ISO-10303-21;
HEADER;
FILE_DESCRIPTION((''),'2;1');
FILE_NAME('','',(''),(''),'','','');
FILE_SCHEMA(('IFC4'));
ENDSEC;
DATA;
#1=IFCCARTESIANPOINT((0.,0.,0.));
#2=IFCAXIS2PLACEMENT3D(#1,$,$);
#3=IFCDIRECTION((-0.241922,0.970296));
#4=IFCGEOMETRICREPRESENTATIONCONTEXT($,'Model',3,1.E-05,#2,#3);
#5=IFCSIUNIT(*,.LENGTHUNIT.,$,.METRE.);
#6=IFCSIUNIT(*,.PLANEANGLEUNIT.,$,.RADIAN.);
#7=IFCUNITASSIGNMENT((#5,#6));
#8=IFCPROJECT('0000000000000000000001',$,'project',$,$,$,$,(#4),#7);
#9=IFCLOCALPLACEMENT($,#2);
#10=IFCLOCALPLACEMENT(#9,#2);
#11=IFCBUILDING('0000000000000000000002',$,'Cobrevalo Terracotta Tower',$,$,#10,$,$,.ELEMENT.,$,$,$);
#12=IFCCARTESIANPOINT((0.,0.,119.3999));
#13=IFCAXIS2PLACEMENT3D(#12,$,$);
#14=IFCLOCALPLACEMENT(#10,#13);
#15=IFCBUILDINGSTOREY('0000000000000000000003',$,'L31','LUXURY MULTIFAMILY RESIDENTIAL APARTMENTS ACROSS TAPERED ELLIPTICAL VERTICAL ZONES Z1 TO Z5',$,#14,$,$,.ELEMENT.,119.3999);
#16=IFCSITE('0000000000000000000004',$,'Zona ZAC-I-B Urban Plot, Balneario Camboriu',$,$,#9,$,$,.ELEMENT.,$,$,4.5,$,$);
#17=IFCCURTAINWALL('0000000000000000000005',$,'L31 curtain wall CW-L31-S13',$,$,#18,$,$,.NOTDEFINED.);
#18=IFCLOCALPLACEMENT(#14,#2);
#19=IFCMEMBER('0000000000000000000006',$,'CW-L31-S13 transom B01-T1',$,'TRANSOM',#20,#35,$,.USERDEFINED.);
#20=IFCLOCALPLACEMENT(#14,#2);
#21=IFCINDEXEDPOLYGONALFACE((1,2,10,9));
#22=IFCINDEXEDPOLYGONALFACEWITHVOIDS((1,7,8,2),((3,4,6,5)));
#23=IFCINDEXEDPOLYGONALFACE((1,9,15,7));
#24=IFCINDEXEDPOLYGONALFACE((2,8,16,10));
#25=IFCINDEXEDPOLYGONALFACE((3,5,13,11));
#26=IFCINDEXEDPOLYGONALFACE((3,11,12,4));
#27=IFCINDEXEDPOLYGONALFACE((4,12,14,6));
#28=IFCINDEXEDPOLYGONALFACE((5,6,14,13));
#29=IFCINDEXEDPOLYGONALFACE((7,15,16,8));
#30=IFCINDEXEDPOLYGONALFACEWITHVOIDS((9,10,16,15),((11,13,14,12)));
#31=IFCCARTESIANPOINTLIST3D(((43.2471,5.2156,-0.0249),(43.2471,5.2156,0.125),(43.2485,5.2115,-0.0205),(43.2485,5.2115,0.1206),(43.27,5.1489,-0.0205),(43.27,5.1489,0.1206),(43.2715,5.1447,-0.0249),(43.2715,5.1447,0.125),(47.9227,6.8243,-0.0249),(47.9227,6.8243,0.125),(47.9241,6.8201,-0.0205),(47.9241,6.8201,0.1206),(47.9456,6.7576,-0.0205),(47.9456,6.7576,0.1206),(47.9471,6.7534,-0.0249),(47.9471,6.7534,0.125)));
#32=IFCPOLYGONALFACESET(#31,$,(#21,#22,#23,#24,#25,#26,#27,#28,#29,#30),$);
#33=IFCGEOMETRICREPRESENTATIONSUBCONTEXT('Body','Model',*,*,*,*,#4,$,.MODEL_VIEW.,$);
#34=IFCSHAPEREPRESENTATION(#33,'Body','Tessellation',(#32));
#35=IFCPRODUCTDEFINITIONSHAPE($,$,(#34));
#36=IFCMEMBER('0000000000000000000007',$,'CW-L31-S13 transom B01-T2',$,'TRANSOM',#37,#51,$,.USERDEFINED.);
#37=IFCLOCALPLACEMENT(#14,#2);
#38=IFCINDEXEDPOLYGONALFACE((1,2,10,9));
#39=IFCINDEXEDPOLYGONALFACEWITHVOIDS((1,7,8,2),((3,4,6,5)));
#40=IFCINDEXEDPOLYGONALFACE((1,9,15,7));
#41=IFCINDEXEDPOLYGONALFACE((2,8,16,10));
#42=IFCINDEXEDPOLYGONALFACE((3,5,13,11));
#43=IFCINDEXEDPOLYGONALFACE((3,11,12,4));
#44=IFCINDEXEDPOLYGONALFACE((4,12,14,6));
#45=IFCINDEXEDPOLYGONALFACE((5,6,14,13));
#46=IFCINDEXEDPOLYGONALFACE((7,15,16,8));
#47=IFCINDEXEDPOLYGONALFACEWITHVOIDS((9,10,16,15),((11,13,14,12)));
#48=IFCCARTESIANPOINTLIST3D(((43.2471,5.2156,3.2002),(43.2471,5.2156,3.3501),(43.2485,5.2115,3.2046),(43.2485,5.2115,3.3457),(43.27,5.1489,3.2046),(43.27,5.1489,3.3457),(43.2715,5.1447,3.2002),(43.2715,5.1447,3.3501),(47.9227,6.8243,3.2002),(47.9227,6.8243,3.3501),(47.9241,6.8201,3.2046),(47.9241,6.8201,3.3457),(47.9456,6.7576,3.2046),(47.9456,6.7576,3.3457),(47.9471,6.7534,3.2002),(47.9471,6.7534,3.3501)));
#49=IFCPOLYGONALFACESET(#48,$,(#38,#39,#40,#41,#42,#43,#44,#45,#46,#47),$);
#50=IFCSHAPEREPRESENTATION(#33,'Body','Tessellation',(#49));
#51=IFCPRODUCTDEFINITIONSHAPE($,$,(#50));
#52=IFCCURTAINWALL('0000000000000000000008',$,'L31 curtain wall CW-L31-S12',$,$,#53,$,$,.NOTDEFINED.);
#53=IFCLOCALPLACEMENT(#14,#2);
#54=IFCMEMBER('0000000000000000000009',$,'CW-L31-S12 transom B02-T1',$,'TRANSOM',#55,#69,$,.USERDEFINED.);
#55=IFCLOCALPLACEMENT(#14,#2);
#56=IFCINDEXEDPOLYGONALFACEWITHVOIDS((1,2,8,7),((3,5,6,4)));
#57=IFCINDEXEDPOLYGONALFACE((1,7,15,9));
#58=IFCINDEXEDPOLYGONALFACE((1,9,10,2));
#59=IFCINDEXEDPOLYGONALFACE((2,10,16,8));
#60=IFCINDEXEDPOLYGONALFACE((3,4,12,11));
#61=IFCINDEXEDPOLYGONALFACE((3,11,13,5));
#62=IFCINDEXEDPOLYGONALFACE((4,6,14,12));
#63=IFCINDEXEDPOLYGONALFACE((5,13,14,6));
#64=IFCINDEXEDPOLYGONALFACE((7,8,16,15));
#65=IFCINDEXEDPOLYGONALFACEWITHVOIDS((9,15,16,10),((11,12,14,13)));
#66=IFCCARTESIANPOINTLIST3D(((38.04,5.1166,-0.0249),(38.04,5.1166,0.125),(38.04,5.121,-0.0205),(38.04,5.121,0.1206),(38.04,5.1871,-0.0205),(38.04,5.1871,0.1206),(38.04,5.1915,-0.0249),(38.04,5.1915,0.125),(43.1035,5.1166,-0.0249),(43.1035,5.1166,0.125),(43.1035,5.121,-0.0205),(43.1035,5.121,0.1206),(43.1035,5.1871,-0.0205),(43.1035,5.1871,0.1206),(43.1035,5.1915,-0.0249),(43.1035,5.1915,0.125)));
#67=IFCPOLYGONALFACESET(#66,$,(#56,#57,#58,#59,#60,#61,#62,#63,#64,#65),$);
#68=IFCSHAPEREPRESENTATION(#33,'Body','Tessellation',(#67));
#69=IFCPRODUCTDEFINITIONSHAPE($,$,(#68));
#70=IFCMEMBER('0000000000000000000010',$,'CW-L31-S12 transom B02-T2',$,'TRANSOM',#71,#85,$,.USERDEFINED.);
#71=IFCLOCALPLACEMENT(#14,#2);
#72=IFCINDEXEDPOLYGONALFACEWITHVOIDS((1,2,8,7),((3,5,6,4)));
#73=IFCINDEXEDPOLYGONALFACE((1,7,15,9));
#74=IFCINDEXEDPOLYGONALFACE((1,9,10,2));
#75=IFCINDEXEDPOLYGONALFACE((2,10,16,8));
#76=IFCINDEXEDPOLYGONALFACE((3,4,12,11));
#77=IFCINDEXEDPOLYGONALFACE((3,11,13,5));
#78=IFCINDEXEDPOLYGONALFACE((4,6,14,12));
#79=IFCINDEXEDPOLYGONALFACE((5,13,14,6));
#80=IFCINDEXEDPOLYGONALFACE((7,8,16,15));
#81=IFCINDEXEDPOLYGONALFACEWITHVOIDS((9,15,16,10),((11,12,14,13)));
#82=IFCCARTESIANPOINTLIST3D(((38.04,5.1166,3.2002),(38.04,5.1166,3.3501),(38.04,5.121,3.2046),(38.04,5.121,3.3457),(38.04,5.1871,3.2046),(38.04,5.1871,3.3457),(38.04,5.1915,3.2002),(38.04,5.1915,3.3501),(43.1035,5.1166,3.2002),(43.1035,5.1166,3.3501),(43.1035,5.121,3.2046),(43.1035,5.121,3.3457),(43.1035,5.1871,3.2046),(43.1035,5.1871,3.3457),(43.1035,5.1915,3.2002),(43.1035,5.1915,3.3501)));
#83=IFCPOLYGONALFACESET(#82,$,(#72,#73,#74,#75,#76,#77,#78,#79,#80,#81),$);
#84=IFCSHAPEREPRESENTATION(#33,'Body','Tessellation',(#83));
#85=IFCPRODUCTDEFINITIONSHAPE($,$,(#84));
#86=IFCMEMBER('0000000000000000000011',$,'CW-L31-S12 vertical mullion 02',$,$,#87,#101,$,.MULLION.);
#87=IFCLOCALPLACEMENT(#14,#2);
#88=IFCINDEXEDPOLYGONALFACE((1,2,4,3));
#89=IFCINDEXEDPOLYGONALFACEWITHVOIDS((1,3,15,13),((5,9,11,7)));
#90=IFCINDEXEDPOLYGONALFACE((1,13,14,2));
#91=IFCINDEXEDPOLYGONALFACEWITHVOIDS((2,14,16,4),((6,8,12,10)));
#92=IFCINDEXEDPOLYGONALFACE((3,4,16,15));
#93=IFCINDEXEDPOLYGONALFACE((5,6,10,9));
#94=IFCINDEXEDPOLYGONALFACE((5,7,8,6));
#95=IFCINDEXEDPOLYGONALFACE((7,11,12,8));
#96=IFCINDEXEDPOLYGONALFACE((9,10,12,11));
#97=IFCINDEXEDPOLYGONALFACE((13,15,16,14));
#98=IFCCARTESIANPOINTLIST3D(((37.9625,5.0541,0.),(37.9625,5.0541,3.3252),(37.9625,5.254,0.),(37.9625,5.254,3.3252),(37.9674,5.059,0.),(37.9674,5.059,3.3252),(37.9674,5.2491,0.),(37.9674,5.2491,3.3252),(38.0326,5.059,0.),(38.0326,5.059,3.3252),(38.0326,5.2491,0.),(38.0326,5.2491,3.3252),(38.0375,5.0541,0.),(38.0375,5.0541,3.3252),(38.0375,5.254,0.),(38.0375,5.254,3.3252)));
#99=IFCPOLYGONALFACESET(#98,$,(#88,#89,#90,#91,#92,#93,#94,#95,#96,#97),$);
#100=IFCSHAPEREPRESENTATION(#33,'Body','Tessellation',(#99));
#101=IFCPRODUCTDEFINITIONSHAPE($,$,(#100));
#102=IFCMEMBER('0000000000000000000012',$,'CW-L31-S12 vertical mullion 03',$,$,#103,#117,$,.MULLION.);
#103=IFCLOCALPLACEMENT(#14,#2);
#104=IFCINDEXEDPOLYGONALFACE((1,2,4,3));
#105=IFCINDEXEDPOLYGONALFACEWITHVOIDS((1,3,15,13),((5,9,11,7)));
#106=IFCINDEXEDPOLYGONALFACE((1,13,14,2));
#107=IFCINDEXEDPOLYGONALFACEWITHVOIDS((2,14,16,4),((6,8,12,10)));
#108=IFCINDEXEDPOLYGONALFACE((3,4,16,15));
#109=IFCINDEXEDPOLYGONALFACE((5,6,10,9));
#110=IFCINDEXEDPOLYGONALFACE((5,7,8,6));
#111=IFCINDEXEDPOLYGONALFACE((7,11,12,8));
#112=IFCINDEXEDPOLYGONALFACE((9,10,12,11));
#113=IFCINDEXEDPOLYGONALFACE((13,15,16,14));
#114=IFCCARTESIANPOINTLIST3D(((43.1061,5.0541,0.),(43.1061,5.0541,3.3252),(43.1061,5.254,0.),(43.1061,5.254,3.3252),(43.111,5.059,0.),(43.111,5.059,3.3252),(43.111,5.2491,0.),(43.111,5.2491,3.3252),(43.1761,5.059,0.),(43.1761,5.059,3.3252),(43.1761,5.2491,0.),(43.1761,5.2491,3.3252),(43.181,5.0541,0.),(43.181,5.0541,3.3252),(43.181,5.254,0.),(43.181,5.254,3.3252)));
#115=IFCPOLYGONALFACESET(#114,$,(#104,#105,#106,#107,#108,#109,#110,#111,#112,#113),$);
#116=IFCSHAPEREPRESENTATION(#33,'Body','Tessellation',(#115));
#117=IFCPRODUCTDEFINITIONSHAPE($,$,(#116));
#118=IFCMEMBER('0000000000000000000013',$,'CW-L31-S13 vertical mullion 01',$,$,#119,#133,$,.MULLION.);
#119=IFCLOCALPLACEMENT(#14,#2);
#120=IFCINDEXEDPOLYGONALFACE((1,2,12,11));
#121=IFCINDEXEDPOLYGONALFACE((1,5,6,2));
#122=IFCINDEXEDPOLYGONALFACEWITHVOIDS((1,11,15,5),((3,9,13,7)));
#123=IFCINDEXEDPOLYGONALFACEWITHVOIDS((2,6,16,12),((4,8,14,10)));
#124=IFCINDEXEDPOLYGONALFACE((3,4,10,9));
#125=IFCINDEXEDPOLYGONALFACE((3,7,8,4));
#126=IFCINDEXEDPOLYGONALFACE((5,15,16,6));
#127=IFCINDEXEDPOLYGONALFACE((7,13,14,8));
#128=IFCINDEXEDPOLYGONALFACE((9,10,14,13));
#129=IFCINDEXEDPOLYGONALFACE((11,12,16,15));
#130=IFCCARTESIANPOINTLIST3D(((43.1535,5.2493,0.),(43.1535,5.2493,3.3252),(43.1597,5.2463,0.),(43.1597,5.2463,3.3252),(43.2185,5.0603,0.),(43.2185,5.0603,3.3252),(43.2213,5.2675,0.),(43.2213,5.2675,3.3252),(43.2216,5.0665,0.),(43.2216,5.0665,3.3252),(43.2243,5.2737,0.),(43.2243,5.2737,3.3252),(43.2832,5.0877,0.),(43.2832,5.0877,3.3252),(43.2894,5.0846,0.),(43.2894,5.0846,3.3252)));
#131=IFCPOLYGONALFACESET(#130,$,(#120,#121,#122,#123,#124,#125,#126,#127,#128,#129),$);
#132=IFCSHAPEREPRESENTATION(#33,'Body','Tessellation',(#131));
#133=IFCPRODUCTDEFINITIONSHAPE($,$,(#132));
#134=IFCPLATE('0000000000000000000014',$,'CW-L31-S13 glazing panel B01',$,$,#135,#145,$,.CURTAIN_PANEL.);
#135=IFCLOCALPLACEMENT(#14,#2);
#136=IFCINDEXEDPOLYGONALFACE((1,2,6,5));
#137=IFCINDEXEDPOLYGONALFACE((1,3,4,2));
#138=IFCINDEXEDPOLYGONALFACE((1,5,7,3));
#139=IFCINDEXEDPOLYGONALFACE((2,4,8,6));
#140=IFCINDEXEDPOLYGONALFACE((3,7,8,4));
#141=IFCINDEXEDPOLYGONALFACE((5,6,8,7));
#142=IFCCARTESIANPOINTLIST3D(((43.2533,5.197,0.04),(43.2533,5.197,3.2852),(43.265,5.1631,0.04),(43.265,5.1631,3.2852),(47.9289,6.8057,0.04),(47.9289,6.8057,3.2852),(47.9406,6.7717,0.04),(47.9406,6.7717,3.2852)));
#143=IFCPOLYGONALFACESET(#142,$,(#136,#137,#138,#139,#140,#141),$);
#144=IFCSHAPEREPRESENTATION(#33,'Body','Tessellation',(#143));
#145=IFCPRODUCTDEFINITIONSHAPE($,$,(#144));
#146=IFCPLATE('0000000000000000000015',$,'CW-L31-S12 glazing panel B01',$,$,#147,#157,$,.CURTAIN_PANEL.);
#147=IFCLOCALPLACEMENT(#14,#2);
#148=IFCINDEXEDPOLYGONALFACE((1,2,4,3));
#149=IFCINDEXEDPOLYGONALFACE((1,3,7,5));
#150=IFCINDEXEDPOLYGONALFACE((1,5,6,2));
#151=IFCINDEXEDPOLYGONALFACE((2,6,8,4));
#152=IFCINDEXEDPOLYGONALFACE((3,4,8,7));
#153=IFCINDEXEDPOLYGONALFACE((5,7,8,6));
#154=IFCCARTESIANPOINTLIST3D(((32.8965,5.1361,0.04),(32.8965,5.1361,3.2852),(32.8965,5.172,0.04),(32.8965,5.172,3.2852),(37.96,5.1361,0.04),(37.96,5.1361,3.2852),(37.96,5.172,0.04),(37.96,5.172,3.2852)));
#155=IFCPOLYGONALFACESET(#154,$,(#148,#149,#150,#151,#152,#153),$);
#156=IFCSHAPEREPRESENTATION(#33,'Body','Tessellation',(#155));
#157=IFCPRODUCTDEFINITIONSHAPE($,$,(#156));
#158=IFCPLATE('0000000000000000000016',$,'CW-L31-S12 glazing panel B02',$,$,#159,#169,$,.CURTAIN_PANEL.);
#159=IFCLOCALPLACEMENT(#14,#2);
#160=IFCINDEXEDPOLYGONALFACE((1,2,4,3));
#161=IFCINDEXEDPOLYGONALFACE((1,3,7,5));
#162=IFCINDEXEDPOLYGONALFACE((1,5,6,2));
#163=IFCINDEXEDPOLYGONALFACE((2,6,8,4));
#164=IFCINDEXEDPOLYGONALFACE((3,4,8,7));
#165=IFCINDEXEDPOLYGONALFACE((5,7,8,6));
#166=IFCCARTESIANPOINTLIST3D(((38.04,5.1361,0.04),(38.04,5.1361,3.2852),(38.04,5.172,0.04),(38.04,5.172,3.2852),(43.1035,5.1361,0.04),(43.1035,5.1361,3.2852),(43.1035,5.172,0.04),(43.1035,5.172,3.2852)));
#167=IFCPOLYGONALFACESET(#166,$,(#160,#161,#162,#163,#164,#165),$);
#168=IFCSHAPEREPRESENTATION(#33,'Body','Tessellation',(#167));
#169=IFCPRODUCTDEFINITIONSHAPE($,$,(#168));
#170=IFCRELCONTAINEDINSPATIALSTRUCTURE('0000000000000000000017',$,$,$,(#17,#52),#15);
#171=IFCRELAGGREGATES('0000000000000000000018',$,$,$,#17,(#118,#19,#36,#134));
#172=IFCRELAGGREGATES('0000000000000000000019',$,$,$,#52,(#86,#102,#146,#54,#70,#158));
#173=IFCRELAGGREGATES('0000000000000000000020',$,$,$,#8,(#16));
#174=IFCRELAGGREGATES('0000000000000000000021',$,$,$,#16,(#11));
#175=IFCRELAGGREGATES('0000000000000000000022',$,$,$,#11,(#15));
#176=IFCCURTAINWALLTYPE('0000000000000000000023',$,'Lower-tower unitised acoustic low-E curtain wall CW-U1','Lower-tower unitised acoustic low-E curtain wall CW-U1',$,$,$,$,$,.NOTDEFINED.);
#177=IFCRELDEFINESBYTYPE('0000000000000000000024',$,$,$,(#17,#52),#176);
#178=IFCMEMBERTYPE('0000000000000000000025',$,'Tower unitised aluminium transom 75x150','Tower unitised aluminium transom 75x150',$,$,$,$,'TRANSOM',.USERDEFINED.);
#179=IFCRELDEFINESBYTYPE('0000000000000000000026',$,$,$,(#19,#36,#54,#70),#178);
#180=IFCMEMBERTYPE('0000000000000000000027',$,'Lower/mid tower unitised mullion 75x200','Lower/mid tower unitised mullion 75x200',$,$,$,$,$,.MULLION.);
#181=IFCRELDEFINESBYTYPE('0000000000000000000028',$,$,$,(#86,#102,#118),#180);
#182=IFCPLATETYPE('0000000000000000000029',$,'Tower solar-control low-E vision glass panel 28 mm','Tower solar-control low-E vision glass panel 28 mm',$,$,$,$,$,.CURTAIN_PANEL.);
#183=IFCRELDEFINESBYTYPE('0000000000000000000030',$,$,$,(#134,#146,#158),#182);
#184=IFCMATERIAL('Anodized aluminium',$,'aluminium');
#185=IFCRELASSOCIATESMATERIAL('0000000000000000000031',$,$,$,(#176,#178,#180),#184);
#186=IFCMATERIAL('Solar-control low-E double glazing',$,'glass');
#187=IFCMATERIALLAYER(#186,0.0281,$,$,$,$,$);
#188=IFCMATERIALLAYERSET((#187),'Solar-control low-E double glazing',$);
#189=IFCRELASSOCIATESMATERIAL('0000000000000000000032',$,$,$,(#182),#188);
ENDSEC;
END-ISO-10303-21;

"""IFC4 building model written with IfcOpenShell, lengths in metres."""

from ifc_helpers import new_model, si_unit, direction, frame, origin, origin_2d, place, context, subcontext, project, spatial, rectangle, hollow_rectangle, extrude, source, transform, mapped, material, layer, layer_set, material_profile, profile_set, type_object, element, aggregate, save


model = new_model("IFC4")

# Units and contexts
model_context = context("Model", 3, precision=1e-05, world=origin(), true_north=direction((-0.241922, 0.970296)))
body_context = subcontext(model_context, "Body", "Model", "MODEL_VIEW")
ifc_project = project(units=[si_unit("LENGTHUNIT", "METRE"), si_unit("PLANEANGLEUNIT", "RADIAN")], contexts=[model_context])

# Site, building, storey
site_placement = place(None, origin())
site = spatial("IfcSite", under=ifc_project, at=site_placement, Name="Zona ZAC-I-B Urban Plot, Balneario Camboriu", CompositionType="ELEMENT", RefElevation=4.5)
building_placement = place(site_placement, origin())
building = spatial("IfcBuilding", under=site, at=building_placement, Name="Cobrevalo Terracotta Tower", CompositionType="ELEMENT")
storey_placement = place(building_placement, frame((0.0, 0.0, 119.3999)))
storey = spatial("IfcBuildingStorey", under=building, at=storey_placement, Name="L31", Description="LUXURY MULTIFAMILY RESIDENTIAL APARTMENTS ACROSS TAPERED ELLIPTICAL VERTICAL ZONES Z1 TO Z5", CompositionType="ELEMENT", Elevation=119.3999)

# Curtain walls, members
ifc_material_1 = material(Name="Anodized aluminium", Category="aluminium")
curtain_wall_type = type_object("IfcCurtainWallType", Name="Lower-tower unitised acoustic low-E curtain wall CW-U1", Description="Lower-tower unitised acoustic low-E curtain wall CW-U1", PredefinedType="NOTDEFINED", material=ifc_material_1)
curtain_wall_1_placement = place(storey_placement, origin())
curtain_wall_1 = element("IfcCurtainWall", 1, at=curtain_wall_1_placement, inside=storey, type_object=curtain_wall_type, Name="L31 curtain wall CW-L31-S13", PredefinedType="NOTDEFINED")
ifc_material_profile_1 = material_profile(ifc_material_1, hollow_rectangle(XDim=0.075, YDim=0.1499, WallThickness=0.0044, at=origin_2d()), Name="CWT 75x150")
ifc_profile_set_1 = profile_set([ifc_material_profile_1], Name="Anodized aluminium")
member_type_1 = type_object("IfcMemberType", Name="Tower unitised aluminium transom 75x150", Description="Tower unitised aluminium transom 75x150", ElementType="TRANSOM", PredefinedType="USERDEFINED", material=ifc_profile_set_1)
shared_shape_1 = source(origin(), body_context, "Body", "SweptSolid", [
    extrude(hollow_rectangle(XDim=0.075, YDim=0.1499, WallThickness=0.0044, at=origin_2d()), origin(), (0.0, 0.0, 1.0), 4.9446),
])
member_1_placement = place(storey_placement, frame((43.2593, 5.1802, 0.05), z_axis=(0.945598, 0.325338, 0.0), x_axis=(-0.325338, 0.945598, 0.0)))
member_1 = element("IfcMember", 2, at=member_1_placement, type_object=member_type_1, Name="CW-L31-S13 transom B01-T1", ObjectType="TRANSOM", PredefinedType="USERDEFINED", context=body_context, shape_type="MappedRepresentation", body=[
    mapped(shared_shape_1, transform((0.0, 0.0, 0.0), scale=1.0)),
])
member_2_placement = place(storey_placement, frame((43.2593, 5.1802, 3.2751), z_axis=(0.945598, 0.325338, 0.0), x_axis=(-0.325338, 0.945598, 0.0)))
member_2 = element("IfcMember", 3, at=member_2_placement, type_object=member_type_1, Name="CW-L31-S13 transom B01-T2", ObjectType="TRANSOM", PredefinedType="USERDEFINED", context=body_context, shape_type="MappedRepresentation", body=[
    mapped(shared_shape_1, transform((0.0, 0.0, 0.0), scale=1.0)),
])
curtain_wall_2_placement = place(storey_placement, origin())
curtain_wall_2 = element("IfcCurtainWall", 4, at=curtain_wall_2_placement, inside=storey, type_object=curtain_wall_type, Name="L31 curtain wall CW-L31-S12", PredefinedType="NOTDEFINED")
shared_shape_2 = source(origin(), body_context, "Body", "SweptSolid", [
    extrude(hollow_rectangle(XDim=0.075, YDim=0.1499, WallThickness=0.0044, at=origin_2d()), origin(), (0.0, 0.0, 1.0), 5.0635),
])
member_3_placement = place(storey_placement, frame((38.04, 5.1541, 0.05), z_axis=(1.0, 0.0, 0.0), x_axis=(0.0, 1.0, 0.0)))
member_3 = element("IfcMember", 5, at=member_3_placement, type_object=member_type_1, Name="CW-L31-S12 transom B02-T1", ObjectType="TRANSOM", PredefinedType="USERDEFINED", context=body_context, shape_type="MappedRepresentation", body=[
    mapped(shared_shape_2, transform((0.0, 0.0, 0.0), scale=1.0)),
])
member_4_placement = place(storey_placement, frame((38.04, 5.1541, 3.2751), z_axis=(1.0, 0.0, 0.0), x_axis=(0.0, 1.0, 0.0)))
member_4 = element("IfcMember", 6, at=member_4_placement, type_object=member_type_1, Name="CW-L31-S12 transom B02-T2", ObjectType="TRANSOM", PredefinedType="USERDEFINED", context=body_context, shape_type="MappedRepresentation", body=[
    mapped(shared_shape_2, transform((0.0, 0.0, 0.0), scale=1.0)),
])
ifc_material_profile_2 = material_profile(ifc_material_1, hollow_rectangle(XDim=0.075, YDim=0.2, WallThickness=0.0049, at=origin_2d()), Name="CWM 75x200")
ifc_profile_set_2 = profile_set([ifc_material_profile_2], Name="Anodized aluminium")
member_type_2 = type_object("IfcMemberType", Name="Lower/mid tower unitised mullion 75x200", Description="Lower/mid tower unitised mullion 75x200", PredefinedType="MULLION", material=ifc_profile_set_2)
shared_shape_3 = source(origin(), body_context, "Body", "SweptSolid", [
    extrude(hollow_rectangle(XDim=0.075, YDim=0.2, WallThickness=0.0049, at=origin_2d()), origin(), (0.0, 0.0, 1.0), 3.3252),
])
member_5_placement = place(storey_placement, frame((38.0, 5.1541, 0.0), z_axis=(0.0, 0.0, 1.0), x_axis=(1.0, 0.0, 0.0)))
member_5 = element("IfcMember", 7, at=member_5_placement, type_object=member_type_2, Name="CW-L31-S12 vertical mullion 02", PredefinedType="MULLION", context=body_context, shape_type="MappedRepresentation", body=[
    mapped(shared_shape_3, transform((0.0, 0.0, 0.0), scale=1.0)),
])
member_6_placement = place(storey_placement, frame((43.1436, 5.1541, 0.0), z_axis=(0.0, 0.0, 1.0), x_axis=(1.0, 0.0, 0.0)))
member_6 = element("IfcMember", 8, at=member_6_placement, type_object=member_type_2, Name="CW-L31-S12 vertical mullion 03", PredefinedType="MULLION", context=body_context, shape_type="MappedRepresentation", body=[
    mapped(shared_shape_3, transform((0.0, 0.0, 0.0), scale=1.0)),
])

# Member
member_7_placement = place(storey_placement, frame((43.2214, 5.167, 0.0), z_axis=(0.0, 0.0, 1.0), x_axis=(0.945598, 0.325337, 0.0)))
member_7 = element("IfcMember", 9, at=member_7_placement, type_object=member_type_2, Name="CW-L31-S13 vertical mullion 01", PredefinedType="MULLION", context=body_context, shape_type="MappedRepresentation", body=[
    mapped(shared_shape_3, transform((0.0, 0.0, 0.0), scale=1.0)),
])

# Plates
ifc_material_2 = material(Name="Solar-control low-E double glazing", Category="glass")
ifc_layer_1 = layer(ifc_material_2, 0.0281)
ifc_layer_set_1 = layer_set([ifc_layer_1], Name="Solar-control low-E double glazing")
plate_type = type_object("IfcPlateType", Name="Tower solar-control low-E vision glass panel 28 mm", Description="Tower solar-control low-E vision glass panel 28 mm", PredefinedType="CURTAIN_PANEL", material=ifc_layer_set_1)
shared_shape_4 = source(origin(), body_context, "Body", "SweptSolid", [
    extrude(rectangle(XDim=4.9446, YDim=0.0359, at=origin_2d()), origin(), (0.0, 0.0, 1.0), 3.2451),
])
plate_1_placement = place(storey_placement, frame((45.5969, 5.9844, 0.04), z_axis=(0.0, 0.0, 1.0), x_axis=(0.945596, 0.325342, 0.0)))
plate_1 = element("IfcPlate", 10, at=plate_1_placement, type_object=plate_type, Name="CW-L31-S13 glazing panel B01", PredefinedType="CURTAIN_PANEL", context=body_context, shape_type="MappedRepresentation", body=[
    mapped(shared_shape_4, transform((0.0, 0.0, 0.0), scale=1.0)),
])
aggregate(curtain_wall_1, [member_7, member_1, member_2, plate_1])
shared_shape_5 = source(origin(), body_context, "Body", "SweptSolid", [
    extrude(rectangle(XDim=5.0635, YDim=0.0359, at=origin_2d()), origin(), (0.0, 0.0, 1.0), 3.2451),
])
plate_2_placement = place(storey_placement, frame((35.4282, 5.1541, 0.04), z_axis=(0.0, 0.0, 1.0), x_axis=(1.0, 0.0, 0.0)))
plate_2 = element("IfcPlate", 11, at=plate_2_placement, type_object=plate_type, Name="CW-L31-S12 glazing panel B01", PredefinedType="CURTAIN_PANEL", context=body_context, shape_type="MappedRepresentation", body=[
    mapped(shared_shape_5, transform((0.0, 0.0, 0.0), scale=1.0)),
])
plate_3_placement = place(storey_placement, frame((40.5718, 5.1541, 0.04), z_axis=(0.0, 0.0, 1.0), x_axis=(1.0, 0.0, 0.0)))
plate_3 = element("IfcPlate", 12, at=plate_3_placement, type_object=plate_type, Name="CW-L31-S12 glazing panel B02", PredefinedType="CURTAIN_PANEL", context=body_context, shape_type="MappedRepresentation", body=[
    mapped(shared_shape_5, transform((0.0, 0.0, 0.0), scale=1.0)),
])
aggregate(curtain_wall_2, [member_5, member_6, plate_2, member_3, member_4, plate_3])

save(model, "model.ifc")
